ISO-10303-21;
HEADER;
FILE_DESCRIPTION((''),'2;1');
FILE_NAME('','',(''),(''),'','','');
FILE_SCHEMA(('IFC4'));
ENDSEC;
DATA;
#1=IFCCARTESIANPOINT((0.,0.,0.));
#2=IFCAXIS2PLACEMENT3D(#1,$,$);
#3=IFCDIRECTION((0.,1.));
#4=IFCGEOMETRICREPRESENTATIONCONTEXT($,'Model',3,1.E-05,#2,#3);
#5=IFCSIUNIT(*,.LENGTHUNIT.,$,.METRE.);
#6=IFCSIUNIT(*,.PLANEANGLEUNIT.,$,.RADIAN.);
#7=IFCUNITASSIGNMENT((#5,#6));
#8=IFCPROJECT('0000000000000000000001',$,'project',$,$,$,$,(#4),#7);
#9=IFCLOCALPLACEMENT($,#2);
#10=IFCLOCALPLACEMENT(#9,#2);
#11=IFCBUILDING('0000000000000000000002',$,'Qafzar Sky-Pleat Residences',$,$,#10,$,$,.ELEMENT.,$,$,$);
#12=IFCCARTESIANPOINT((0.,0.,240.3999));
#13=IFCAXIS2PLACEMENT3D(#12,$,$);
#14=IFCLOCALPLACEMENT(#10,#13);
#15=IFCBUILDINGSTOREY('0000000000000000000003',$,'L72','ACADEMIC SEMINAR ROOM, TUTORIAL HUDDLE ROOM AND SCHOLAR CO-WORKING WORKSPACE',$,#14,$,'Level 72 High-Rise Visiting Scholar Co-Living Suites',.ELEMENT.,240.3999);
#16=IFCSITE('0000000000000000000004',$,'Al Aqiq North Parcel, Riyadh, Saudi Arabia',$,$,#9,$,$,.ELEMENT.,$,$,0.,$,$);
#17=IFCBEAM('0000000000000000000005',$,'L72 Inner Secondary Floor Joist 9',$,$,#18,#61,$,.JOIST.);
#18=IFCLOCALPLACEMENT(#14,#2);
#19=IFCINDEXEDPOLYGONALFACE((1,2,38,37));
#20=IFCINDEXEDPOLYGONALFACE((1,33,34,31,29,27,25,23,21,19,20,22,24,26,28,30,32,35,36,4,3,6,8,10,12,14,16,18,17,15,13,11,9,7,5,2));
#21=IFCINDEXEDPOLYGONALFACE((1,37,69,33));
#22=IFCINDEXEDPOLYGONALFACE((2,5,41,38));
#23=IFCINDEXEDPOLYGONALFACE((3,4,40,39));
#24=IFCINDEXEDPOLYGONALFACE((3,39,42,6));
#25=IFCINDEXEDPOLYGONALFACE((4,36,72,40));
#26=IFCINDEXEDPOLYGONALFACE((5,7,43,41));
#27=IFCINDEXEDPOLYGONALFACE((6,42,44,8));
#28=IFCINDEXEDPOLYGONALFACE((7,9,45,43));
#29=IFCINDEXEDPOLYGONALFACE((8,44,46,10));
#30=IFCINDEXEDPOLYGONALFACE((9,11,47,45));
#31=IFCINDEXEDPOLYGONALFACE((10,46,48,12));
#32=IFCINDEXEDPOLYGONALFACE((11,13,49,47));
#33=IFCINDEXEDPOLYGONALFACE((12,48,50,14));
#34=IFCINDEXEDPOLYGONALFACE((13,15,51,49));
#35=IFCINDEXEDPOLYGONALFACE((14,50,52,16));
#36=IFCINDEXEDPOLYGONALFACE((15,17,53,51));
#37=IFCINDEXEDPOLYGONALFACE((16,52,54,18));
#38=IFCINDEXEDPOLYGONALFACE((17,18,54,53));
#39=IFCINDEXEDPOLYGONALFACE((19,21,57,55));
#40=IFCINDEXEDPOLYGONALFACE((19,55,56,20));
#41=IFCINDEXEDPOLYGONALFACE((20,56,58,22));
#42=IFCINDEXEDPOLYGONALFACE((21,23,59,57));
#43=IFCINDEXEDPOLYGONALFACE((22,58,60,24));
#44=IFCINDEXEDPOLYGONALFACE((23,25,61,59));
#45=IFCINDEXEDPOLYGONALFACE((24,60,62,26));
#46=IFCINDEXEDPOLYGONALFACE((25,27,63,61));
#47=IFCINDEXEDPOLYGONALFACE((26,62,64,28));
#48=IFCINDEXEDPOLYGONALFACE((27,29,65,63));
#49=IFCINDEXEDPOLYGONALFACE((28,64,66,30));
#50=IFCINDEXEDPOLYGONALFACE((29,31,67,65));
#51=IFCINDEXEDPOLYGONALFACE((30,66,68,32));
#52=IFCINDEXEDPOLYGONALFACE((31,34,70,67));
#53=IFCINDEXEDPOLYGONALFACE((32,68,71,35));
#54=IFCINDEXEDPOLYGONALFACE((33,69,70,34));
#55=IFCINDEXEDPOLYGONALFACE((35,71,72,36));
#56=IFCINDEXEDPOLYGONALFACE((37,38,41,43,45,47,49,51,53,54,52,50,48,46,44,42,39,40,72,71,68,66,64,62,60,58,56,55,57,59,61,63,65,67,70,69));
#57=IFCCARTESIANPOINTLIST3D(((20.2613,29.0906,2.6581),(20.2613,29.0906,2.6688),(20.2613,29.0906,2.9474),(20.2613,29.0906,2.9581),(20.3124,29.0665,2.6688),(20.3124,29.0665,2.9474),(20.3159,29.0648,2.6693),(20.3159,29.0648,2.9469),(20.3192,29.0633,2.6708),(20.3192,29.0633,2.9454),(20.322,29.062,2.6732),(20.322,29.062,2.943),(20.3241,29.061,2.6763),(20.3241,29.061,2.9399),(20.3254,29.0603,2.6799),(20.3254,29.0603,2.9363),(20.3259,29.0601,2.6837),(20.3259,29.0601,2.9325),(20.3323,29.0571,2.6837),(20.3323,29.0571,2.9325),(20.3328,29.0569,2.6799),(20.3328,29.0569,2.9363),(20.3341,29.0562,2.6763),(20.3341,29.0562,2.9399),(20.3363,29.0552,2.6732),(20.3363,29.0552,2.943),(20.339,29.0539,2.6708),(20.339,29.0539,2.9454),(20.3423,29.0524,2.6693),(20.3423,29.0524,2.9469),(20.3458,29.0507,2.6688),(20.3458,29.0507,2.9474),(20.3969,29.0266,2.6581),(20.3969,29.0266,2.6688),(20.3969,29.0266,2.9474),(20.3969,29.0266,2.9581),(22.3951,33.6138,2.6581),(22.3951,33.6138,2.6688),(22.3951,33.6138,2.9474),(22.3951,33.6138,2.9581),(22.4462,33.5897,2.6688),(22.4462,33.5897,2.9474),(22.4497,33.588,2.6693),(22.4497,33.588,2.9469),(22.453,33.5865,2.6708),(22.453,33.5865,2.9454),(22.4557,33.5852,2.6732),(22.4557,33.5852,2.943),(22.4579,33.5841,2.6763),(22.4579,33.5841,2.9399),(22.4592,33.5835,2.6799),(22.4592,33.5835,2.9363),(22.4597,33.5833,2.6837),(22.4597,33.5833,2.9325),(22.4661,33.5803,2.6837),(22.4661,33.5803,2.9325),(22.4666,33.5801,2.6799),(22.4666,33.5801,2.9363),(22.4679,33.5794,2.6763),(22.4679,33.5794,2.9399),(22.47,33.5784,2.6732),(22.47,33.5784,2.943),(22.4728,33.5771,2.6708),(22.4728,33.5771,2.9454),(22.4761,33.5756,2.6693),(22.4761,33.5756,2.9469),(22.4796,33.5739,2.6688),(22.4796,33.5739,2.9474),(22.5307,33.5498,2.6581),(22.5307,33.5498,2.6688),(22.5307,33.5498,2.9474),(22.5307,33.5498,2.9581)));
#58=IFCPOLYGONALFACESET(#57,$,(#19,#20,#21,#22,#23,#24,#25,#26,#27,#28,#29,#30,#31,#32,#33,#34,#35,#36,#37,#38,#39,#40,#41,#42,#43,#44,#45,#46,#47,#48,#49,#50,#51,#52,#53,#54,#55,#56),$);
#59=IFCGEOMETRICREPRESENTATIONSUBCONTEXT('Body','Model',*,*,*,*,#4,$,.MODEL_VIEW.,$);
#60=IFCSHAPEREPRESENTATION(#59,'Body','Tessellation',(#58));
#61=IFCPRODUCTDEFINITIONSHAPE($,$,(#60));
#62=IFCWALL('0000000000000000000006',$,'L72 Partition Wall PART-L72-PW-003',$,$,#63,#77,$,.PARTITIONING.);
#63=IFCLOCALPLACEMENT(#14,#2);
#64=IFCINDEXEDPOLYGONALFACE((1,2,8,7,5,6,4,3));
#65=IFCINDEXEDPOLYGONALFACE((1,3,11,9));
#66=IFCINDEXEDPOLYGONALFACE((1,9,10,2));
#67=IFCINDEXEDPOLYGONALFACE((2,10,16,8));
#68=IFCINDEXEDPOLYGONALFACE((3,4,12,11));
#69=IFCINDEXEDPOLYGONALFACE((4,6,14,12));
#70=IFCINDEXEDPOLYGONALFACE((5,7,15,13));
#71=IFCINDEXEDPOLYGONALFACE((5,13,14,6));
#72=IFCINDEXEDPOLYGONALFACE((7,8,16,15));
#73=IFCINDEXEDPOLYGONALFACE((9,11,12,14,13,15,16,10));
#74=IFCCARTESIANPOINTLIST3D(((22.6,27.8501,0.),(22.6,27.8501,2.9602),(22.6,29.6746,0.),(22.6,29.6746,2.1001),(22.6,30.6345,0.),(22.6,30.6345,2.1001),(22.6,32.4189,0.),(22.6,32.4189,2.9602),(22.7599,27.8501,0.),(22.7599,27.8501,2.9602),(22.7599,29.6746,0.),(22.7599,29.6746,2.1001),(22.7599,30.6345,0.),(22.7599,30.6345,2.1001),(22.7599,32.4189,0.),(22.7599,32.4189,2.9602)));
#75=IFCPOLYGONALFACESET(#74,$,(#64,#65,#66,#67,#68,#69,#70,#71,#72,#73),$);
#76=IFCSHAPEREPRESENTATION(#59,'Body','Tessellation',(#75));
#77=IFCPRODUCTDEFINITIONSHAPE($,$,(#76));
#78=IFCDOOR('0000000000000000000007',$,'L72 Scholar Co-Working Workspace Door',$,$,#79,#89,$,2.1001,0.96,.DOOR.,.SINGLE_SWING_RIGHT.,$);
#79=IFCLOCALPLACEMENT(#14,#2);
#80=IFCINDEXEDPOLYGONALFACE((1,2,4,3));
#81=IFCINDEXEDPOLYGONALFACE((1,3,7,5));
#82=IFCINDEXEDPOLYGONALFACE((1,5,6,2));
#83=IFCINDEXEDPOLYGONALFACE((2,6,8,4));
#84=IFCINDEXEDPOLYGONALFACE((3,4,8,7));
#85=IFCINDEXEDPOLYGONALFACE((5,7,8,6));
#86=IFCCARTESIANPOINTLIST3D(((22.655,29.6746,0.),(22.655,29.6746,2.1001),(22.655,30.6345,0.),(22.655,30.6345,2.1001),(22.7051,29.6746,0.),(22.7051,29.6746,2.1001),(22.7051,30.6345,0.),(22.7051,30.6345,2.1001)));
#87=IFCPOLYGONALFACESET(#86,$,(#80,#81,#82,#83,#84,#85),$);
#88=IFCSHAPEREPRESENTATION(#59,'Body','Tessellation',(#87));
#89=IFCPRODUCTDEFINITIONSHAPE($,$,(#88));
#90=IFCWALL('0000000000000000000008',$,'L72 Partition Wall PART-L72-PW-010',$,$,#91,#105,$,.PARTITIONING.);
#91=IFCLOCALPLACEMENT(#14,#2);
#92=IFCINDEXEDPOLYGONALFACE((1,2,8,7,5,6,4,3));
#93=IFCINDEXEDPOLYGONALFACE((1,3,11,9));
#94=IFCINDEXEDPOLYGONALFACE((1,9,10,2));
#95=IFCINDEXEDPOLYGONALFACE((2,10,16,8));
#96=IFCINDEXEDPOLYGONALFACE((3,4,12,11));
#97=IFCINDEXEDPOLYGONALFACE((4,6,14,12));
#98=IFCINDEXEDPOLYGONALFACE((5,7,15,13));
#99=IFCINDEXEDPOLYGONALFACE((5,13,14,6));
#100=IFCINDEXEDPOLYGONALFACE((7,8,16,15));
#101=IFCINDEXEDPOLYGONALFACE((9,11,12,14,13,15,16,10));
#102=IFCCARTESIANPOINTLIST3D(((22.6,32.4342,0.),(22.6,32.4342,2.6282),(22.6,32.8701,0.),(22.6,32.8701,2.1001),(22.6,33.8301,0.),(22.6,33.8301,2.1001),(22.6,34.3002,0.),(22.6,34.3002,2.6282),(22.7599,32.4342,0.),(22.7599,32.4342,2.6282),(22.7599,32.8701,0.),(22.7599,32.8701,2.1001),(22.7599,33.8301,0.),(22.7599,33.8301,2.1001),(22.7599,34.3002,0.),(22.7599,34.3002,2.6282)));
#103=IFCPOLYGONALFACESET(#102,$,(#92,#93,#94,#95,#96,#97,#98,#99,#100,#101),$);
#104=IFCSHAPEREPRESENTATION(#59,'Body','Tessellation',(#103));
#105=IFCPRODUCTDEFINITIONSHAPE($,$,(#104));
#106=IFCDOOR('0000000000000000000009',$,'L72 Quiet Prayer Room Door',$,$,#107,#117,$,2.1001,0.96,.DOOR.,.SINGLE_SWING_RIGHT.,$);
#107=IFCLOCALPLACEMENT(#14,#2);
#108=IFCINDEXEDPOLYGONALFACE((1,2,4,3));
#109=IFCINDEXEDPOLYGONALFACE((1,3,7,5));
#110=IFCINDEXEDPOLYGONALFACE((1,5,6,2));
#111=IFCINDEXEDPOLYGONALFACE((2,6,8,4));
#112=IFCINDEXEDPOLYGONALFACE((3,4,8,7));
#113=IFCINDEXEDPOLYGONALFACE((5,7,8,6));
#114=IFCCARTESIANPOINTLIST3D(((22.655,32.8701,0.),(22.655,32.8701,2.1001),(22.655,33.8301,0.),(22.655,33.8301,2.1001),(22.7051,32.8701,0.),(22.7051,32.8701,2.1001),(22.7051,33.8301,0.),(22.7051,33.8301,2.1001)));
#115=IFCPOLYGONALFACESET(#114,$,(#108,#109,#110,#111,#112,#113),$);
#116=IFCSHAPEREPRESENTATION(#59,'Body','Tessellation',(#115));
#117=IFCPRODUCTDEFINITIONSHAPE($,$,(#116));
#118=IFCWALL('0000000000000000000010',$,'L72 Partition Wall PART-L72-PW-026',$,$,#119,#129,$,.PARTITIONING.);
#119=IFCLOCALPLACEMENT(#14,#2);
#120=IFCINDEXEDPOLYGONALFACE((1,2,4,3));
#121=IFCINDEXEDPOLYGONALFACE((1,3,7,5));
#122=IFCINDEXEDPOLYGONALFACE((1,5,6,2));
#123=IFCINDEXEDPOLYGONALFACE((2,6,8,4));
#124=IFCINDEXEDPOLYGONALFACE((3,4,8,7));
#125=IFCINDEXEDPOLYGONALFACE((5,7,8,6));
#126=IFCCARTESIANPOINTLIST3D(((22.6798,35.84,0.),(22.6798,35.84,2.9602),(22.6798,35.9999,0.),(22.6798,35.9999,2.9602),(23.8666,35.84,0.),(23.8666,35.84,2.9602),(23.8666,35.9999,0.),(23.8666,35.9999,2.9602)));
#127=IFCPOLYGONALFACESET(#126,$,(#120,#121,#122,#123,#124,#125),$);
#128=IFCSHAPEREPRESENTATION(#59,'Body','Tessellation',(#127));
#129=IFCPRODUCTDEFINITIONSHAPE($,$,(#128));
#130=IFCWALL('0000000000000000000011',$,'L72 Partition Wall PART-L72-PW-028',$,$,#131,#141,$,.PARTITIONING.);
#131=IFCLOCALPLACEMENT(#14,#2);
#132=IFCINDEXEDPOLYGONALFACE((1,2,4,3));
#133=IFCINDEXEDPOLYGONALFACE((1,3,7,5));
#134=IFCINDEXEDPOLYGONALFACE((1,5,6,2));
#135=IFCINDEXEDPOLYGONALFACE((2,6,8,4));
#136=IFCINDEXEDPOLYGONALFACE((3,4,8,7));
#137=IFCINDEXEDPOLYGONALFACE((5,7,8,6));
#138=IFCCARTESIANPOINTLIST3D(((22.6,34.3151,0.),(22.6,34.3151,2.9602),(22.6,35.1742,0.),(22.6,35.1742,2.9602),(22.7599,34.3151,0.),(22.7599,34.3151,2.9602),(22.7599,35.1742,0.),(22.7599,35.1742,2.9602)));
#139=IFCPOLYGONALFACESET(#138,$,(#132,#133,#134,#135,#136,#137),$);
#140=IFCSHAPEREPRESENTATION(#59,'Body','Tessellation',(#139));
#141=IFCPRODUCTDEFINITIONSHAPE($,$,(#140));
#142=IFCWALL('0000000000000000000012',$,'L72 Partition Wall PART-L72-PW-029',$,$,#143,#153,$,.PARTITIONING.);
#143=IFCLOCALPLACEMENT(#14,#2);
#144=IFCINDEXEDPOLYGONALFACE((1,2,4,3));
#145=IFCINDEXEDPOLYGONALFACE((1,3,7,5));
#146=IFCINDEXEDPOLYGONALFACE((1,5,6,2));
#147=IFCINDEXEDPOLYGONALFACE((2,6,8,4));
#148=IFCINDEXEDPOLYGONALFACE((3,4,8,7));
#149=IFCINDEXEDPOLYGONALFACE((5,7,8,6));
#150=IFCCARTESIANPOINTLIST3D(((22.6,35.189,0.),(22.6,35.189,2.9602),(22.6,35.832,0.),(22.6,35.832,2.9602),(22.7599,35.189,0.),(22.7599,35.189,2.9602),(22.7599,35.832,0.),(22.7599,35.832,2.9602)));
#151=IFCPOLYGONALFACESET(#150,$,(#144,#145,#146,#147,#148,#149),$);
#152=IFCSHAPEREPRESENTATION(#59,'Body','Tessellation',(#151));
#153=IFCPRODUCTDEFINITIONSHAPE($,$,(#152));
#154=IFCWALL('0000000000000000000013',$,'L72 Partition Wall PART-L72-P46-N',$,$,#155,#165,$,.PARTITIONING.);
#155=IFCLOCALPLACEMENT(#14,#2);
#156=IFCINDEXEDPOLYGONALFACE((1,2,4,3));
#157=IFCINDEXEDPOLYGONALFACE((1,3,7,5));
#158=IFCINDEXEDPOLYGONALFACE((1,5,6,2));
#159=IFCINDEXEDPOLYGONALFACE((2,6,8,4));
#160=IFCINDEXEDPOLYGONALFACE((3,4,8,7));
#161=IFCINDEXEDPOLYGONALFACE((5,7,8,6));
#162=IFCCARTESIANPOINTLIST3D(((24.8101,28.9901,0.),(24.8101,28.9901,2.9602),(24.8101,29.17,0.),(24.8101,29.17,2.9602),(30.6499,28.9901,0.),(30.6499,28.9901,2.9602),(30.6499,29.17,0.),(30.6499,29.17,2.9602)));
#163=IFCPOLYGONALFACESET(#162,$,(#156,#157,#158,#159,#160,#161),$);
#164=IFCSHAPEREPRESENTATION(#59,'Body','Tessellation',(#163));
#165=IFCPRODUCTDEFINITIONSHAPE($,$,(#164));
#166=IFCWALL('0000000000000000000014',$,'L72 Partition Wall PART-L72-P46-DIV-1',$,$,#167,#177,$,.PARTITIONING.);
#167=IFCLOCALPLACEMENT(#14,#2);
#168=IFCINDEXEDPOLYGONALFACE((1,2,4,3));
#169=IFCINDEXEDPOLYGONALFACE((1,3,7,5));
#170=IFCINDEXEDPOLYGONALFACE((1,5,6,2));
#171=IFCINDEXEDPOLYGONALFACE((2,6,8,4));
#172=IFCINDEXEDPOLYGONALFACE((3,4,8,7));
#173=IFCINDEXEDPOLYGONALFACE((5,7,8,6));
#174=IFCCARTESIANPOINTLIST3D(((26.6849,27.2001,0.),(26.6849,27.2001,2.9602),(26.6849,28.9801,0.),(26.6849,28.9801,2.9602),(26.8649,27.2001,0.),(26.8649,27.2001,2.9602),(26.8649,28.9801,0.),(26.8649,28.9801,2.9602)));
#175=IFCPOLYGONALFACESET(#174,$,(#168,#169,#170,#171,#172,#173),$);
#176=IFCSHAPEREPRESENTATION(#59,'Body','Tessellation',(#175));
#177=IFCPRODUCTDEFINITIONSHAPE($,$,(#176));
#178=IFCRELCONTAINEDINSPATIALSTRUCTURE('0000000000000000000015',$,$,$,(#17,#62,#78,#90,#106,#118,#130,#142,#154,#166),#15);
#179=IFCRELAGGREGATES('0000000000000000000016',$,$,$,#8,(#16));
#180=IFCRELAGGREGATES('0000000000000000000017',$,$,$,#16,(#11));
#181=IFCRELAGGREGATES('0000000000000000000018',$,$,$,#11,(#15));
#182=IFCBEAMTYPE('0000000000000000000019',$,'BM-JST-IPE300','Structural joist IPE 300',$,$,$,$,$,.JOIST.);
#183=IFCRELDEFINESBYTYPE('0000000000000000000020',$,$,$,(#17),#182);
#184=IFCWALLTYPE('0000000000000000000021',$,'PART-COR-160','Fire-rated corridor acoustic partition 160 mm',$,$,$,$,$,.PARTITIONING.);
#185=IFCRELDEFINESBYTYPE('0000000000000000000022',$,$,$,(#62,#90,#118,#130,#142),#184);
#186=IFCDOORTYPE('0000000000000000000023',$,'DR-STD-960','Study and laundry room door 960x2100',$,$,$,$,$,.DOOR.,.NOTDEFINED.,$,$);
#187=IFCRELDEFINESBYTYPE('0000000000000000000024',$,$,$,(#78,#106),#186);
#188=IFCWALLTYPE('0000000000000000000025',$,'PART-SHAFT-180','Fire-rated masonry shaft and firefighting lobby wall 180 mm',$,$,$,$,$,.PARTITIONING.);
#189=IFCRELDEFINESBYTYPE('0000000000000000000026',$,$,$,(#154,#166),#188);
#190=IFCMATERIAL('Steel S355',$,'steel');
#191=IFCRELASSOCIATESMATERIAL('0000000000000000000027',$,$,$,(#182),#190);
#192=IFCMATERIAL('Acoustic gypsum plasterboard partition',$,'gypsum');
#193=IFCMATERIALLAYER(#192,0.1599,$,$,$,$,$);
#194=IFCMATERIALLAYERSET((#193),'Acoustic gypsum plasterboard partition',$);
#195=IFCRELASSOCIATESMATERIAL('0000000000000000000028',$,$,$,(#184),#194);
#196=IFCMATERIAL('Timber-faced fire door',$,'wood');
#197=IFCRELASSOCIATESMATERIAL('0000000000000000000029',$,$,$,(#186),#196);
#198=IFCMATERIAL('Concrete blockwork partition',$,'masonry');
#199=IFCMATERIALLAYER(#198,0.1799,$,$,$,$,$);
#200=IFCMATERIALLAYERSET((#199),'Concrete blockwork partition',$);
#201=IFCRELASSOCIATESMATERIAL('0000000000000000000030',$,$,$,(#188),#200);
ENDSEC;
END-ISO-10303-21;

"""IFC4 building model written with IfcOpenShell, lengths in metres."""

from ifc_helpers import new_model, si_unit, direction, frame, frame_2d, origin, origin_2d, place, context, subcontext, project, spatial, rectangle, i_section, extrude, source, transform, mapped, material, layer, layer_set, material_profile, profile_set, type_object, element, fill, save


model = new_model("IFC4")

# Units and contexts
model_context = context("Model", 3, precision=1e-05, world=origin(), true_north=direction((0.0, 1.0)))
body_context = subcontext(model_context, "Body", "Model", "MODEL_VIEW")
ifc_project = project(units=[si_unit("LENGTHUNIT", "METRE"), si_unit("PLANEANGLEUNIT", "RADIAN")], contexts=[model_context])

# Site, building, storey
site_placement = place(None, origin())
site = spatial("IfcSite", under=ifc_project, at=site_placement, Name="Al Aqiq North Parcel, Riyadh, Saudi Arabia", CompositionType="ELEMENT", RefElevation=0.0)
building_placement = place(site_placement, origin())
building = spatial("IfcBuilding", under=site, at=building_placement, Name="Qafzar Sky-Pleat Residences", CompositionType="ELEMENT")
storey_placement = place(building_placement, frame((0.0, 0.0, 240.3999)))
storey = spatial("IfcBuildingStorey", under=building, at=storey_placement, Name="L72", Description="ACADEMIC SEMINAR ROOM, TUTORIAL HUDDLE ROOM AND SCHOLAR CO-WORKING WORKSPACE", LongName="Level 72 High-Rise Visiting Scholar Co-Living Suites", CompositionType="ELEMENT", Elevation=240.3999)

# Beam
ifc_material_1 = material(Name="Steel S355", Category="steel")
ifc_material_profile = material_profile(ifc_material_1, i_section(OverallWidth=0.1499, OverallDepth=0.3, WebThickness=0.0071, FlangeThickness=0.0107, FilletRadius=0.0149, at=origin_2d()), Name="IPE 300")
ifc_profile_set = profile_set([ifc_material_profile], Name="Steel S355")
beam_type = type_object("IfcBeamType", Name="BM-JST-IPE300", Description="Structural joist IPE 300", PredefinedType="JOIST", material=ifc_profile_set)
shared_shape_1 = source(origin(), body_context, "Body", "SweptSolid", [
    extrude(i_section(OverallWidth=0.1499, OverallDepth=0.3, WebThickness=0.0071, FlangeThickness=0.0107, FilletRadius=0.0149, at=origin_2d()), origin(), (0.0, 0.0, 1.0), 5.0012),
])
beam_placement = place(storey_placement, frame((22.4629, 33.5818, 2.8081), z_axis=(-0.426653, -0.904416, 0.0), x_axis=(0.904416, -0.426653, 0.0)))
element("IfcBeam", 1, at=beam_placement, inside=storey, type_object=beam_type, Name="L72 Inner Secondary Floor Joist 9", PredefinedType="JOIST", context=body_context, shape_type="MappedRepresentation", body=[
    mapped(shared_shape_1, transform((0.0, 0.0, 0.0), x_axis=(1.0, 0.0, 0.0), y_axis=(0.0, 1.0, 0.0), z_axis=(0.0, 0.0, 1.0), scale=1.0)),
])

# Walls, openings, doors
ifc_material_2 = material(Name="Acoustic gypsum plasterboard partition", Category="gypsum")
ifc_layer_1 = layer(ifc_material_2, 0.1599)
ifc_layer_set_1 = layer_set([ifc_layer_1], Name="Acoustic gypsum plasterboard partition")
wall_type_1 = type_object("IfcWallType", Name="PART-COR-160", Description="Fire-rated corridor acoustic partition 160 mm", PredefinedType="PARTITIONING", material=ifc_layer_set_1)
wall_1_placement = place(storey_placement, frame((22.6799, 27.8501, 0.0), z_axis=(0.0, 0.0, 1.0), x_axis=(0.0, 1.0, 0.0)))
wall_1 = element("IfcWall", 2, at=wall_1_placement, inside=storey, type_object=wall_type_1, Name="L72 Partition Wall PART-L72-PW-003", PredefinedType="PARTITIONING", context=body_context, shape_type="SweptSolid", body=[
    extrude(rectangle(XDim=4.5688, YDim=0.1599, at=frame_2d((2.2844, 0.0))), origin(), (0.0, 0.0, 1.0), 2.9602),
])
opening_1_placement = place(wall_1_placement, frame((1.8245, 0.0, 0.0)))
opening_1 = element("IfcOpeningElement", 3, at=opening_1_placement, cuts=wall_1, PredefinedType="OPENING", context=body_context, shape_type="SweptSolid", body=[
    extrude(rectangle(XDim=0.96, YDim=2.1001, at=frame_2d((0.48, 1.05))), frame((0.0, 0.0898, 0.0), z_axis=(0.0, -1.0, 0.0), x_axis=(1.0, 0.0, 0.0)), (0.0, 0.0, 1.0), 0.1799),
])
ifc_material_3 = material(Name="Timber-faced fire door", Category="wood")
door_type_1 = type_object("IfcDoorType", Name="DR-STD-960", Description="Study and laundry room door 960x2100", OperationType="NOTDEFINED", PredefinedType="DOOR", material=ifc_material_3)
shared_shape_2 = source(origin(), body_context, "Body", "SweptSolid", [
    extrude(rectangle(XDim=0.96, YDim=2.1001, at=frame_2d((0.48, 1.05))), frame((0.0, 0.0249, 0.0), z_axis=(0.0, -1.0, 0.0), x_axis=(1.0, 0.0, 0.0)), (0.0, 0.0, 1.0), 0.05),
])
door_1_placement = place(opening_1_placement, origin())
door_1 = element("IfcDoor", 4, at=door_1_placement, inside=storey, type_object=door_type_1, Name="L72 Scholar Co-Working Workspace Door", OperationType="SINGLE_SWING_RIGHT", OverallHeight=2.1001, OverallWidth=0.96, PredefinedType="DOOR", context=body_context, shape_type="MappedRepresentation", body=[
    mapped(shared_shape_2, transform((0.0, 0.0, 0.0), x_axis=(1.0, 0.0, 0.0), y_axis=(0.0, 1.0, 0.0), z_axis=(0.0, 0.0, 1.0), scale=1.0)),
])
fill(opening_1, door_1)
wall_2_placement = place(storey_placement, frame((22.6799, 32.4341, 0.0), z_axis=(0.0, 0.0, 1.0), x_axis=(0.0, 1.0, 0.0)))
wall_2 = element("IfcWall", 5, at=wall_2_placement, inside=storey, type_object=wall_type_1, Name="L72 Partition Wall PART-L72-PW-010", PredefinedType="PARTITIONING", context=body_context, shape_type="SweptSolid", body=[
    extrude(rectangle(XDim=1.866, YDim=0.1599, at=frame_2d((0.9331, 0.0))), origin(), (0.0, 0.0, 1.0), 2.6282),
])
opening_2_placement = place(wall_2_placement, frame((0.436, 0.0, 0.0)))
opening_2 = element("IfcOpeningElement", 6, at=opening_2_placement, cuts=wall_2, PredefinedType="OPENING", context=body_context, shape_type="SweptSolid", body=[
    extrude(rectangle(XDim=0.96, YDim=2.1001, at=frame_2d((0.48, 1.05))), frame((0.0, 0.0898, 0.0), z_axis=(0.0, -1.0, 0.0), x_axis=(1.0, 0.0, 0.0)), (0.0, 0.0, 1.0), 0.1799),
])
door_2_placement = place(opening_2_placement, origin())
door_2 = element("IfcDoor", 7, at=door_2_placement, inside=storey, type_object=door_type_1, Name="L72 Quiet Prayer Room Door", OperationType="SINGLE_SWING_RIGHT", OverallHeight=2.1001, OverallWidth=0.96, PredefinedType="DOOR", context=body_context, shape_type="MappedRepresentation", body=[
    mapped(shared_shape_2, transform((0.0, 0.0, 0.0), x_axis=(1.0, 0.0, 0.0), y_axis=(0.0, 1.0, 0.0), z_axis=(0.0, 0.0, 1.0), scale=1.0)),
])
fill(opening_2, door_2)

# Walls
wall_3_placement = place(storey_placement, frame((22.6799, 35.9199, 0.0), z_axis=(0.0, 0.0, 1.0), x_axis=(1.0, 0.0, 0.0)))
element("IfcWall", 8, at=wall_3_placement, inside=storey, type_object=wall_type_1, Name="L72 Partition Wall PART-L72-PW-026", PredefinedType="PARTITIONING", context=body_context, shape_type="SweptSolid", body=[
    extrude(rectangle(XDim=1.1868, YDim=0.1599, at=frame_2d((0.5933, 0.0))), origin(), (0.0, 0.0, 1.0), 2.9602),
])
wall_4_placement = place(storey_placement, frame((22.6799, 34.3149, 0.0), z_axis=(0.0, 0.0, 1.0), x_axis=(0.0, 1.0, 0.0)))
element("IfcWall", 9, at=wall_4_placement, inside=storey, type_object=wall_type_1, Name="L72 Partition Wall PART-L72-PW-028", PredefinedType="PARTITIONING", context=body_context, shape_type="SweptSolid", body=[
    extrude(rectangle(XDim=0.8591, YDim=0.1599, at=frame_2d((0.4297, 0.0))), origin(), (0.0, 0.0, 1.0), 2.9602),
])
wall_5_placement = place(storey_placement, frame((22.6799, 35.189, 0.0), z_axis=(0.0, 0.0, 1.0), x_axis=(0.0, 1.0, 0.0)))
element("IfcWall", 10, at=wall_5_placement, inside=storey, type_object=wall_type_1, Name="L72 Partition Wall PART-L72-PW-029", PredefinedType="PARTITIONING", context=body_context, shape_type="SweptSolid", body=[
    extrude(rectangle(XDim=0.6431, YDim=0.1599, at=frame_2d((0.3215, 0.0))), origin(), (0.0, 0.0, 1.0), 2.9602),
])
ifc_material_4 = material(Name="Concrete blockwork partition", Category="masonry")
ifc_layer_2 = layer(ifc_material_4, 0.1799)
ifc_layer_set_2 = layer_set([ifc_layer_2], Name="Concrete blockwork partition")
wall_type_2 = type_object("IfcWallType", Name="PART-SHAFT-180", Description="Fire-rated masonry shaft and firefighting lobby wall 180 mm", PredefinedType="PARTITIONING", material=ifc_layer_set_2)
wall_6_placement = place(storey_placement, frame((24.8101, 29.0801, 0.0), z_axis=(0.0, 0.0, 1.0), x_axis=(1.0, 0.0, 0.0)))
element("IfcWall", 11, at=wall_6_placement, inside=storey, type_object=wall_type_2, Name="L72 Partition Wall PART-L72-P46-N", PredefinedType="PARTITIONING", context=body_context, shape_type="SweptSolid", body=[
    extrude(rectangle(XDim=5.8398, YDim=0.1799, at=frame_2d((2.9199, 0.0))), origin(), (0.0, 0.0, 1.0), 2.9602),
])

# Wall
wall_7_placement = place(storey_placement, frame((26.7749, 27.2, 0.0), z_axis=(0.0, 0.0, 1.0), x_axis=(0.0, 1.0, 0.0)))
element("IfcWall", 12, at=wall_7_placement, inside=storey, type_object=wall_type_2, Name="L72 Partition Wall PART-L72-P46-DIV-1", PredefinedType="PARTITIONING", context=body_context, shape_type="SweptSolid", body=[
    extrude(rectangle(XDim=1.78, YDim=0.1799, at=frame_2d((0.8901, 0.0))), origin(), (0.0, 0.0, 1.0), 2.9602),
])

save(model, "model.ifc")
